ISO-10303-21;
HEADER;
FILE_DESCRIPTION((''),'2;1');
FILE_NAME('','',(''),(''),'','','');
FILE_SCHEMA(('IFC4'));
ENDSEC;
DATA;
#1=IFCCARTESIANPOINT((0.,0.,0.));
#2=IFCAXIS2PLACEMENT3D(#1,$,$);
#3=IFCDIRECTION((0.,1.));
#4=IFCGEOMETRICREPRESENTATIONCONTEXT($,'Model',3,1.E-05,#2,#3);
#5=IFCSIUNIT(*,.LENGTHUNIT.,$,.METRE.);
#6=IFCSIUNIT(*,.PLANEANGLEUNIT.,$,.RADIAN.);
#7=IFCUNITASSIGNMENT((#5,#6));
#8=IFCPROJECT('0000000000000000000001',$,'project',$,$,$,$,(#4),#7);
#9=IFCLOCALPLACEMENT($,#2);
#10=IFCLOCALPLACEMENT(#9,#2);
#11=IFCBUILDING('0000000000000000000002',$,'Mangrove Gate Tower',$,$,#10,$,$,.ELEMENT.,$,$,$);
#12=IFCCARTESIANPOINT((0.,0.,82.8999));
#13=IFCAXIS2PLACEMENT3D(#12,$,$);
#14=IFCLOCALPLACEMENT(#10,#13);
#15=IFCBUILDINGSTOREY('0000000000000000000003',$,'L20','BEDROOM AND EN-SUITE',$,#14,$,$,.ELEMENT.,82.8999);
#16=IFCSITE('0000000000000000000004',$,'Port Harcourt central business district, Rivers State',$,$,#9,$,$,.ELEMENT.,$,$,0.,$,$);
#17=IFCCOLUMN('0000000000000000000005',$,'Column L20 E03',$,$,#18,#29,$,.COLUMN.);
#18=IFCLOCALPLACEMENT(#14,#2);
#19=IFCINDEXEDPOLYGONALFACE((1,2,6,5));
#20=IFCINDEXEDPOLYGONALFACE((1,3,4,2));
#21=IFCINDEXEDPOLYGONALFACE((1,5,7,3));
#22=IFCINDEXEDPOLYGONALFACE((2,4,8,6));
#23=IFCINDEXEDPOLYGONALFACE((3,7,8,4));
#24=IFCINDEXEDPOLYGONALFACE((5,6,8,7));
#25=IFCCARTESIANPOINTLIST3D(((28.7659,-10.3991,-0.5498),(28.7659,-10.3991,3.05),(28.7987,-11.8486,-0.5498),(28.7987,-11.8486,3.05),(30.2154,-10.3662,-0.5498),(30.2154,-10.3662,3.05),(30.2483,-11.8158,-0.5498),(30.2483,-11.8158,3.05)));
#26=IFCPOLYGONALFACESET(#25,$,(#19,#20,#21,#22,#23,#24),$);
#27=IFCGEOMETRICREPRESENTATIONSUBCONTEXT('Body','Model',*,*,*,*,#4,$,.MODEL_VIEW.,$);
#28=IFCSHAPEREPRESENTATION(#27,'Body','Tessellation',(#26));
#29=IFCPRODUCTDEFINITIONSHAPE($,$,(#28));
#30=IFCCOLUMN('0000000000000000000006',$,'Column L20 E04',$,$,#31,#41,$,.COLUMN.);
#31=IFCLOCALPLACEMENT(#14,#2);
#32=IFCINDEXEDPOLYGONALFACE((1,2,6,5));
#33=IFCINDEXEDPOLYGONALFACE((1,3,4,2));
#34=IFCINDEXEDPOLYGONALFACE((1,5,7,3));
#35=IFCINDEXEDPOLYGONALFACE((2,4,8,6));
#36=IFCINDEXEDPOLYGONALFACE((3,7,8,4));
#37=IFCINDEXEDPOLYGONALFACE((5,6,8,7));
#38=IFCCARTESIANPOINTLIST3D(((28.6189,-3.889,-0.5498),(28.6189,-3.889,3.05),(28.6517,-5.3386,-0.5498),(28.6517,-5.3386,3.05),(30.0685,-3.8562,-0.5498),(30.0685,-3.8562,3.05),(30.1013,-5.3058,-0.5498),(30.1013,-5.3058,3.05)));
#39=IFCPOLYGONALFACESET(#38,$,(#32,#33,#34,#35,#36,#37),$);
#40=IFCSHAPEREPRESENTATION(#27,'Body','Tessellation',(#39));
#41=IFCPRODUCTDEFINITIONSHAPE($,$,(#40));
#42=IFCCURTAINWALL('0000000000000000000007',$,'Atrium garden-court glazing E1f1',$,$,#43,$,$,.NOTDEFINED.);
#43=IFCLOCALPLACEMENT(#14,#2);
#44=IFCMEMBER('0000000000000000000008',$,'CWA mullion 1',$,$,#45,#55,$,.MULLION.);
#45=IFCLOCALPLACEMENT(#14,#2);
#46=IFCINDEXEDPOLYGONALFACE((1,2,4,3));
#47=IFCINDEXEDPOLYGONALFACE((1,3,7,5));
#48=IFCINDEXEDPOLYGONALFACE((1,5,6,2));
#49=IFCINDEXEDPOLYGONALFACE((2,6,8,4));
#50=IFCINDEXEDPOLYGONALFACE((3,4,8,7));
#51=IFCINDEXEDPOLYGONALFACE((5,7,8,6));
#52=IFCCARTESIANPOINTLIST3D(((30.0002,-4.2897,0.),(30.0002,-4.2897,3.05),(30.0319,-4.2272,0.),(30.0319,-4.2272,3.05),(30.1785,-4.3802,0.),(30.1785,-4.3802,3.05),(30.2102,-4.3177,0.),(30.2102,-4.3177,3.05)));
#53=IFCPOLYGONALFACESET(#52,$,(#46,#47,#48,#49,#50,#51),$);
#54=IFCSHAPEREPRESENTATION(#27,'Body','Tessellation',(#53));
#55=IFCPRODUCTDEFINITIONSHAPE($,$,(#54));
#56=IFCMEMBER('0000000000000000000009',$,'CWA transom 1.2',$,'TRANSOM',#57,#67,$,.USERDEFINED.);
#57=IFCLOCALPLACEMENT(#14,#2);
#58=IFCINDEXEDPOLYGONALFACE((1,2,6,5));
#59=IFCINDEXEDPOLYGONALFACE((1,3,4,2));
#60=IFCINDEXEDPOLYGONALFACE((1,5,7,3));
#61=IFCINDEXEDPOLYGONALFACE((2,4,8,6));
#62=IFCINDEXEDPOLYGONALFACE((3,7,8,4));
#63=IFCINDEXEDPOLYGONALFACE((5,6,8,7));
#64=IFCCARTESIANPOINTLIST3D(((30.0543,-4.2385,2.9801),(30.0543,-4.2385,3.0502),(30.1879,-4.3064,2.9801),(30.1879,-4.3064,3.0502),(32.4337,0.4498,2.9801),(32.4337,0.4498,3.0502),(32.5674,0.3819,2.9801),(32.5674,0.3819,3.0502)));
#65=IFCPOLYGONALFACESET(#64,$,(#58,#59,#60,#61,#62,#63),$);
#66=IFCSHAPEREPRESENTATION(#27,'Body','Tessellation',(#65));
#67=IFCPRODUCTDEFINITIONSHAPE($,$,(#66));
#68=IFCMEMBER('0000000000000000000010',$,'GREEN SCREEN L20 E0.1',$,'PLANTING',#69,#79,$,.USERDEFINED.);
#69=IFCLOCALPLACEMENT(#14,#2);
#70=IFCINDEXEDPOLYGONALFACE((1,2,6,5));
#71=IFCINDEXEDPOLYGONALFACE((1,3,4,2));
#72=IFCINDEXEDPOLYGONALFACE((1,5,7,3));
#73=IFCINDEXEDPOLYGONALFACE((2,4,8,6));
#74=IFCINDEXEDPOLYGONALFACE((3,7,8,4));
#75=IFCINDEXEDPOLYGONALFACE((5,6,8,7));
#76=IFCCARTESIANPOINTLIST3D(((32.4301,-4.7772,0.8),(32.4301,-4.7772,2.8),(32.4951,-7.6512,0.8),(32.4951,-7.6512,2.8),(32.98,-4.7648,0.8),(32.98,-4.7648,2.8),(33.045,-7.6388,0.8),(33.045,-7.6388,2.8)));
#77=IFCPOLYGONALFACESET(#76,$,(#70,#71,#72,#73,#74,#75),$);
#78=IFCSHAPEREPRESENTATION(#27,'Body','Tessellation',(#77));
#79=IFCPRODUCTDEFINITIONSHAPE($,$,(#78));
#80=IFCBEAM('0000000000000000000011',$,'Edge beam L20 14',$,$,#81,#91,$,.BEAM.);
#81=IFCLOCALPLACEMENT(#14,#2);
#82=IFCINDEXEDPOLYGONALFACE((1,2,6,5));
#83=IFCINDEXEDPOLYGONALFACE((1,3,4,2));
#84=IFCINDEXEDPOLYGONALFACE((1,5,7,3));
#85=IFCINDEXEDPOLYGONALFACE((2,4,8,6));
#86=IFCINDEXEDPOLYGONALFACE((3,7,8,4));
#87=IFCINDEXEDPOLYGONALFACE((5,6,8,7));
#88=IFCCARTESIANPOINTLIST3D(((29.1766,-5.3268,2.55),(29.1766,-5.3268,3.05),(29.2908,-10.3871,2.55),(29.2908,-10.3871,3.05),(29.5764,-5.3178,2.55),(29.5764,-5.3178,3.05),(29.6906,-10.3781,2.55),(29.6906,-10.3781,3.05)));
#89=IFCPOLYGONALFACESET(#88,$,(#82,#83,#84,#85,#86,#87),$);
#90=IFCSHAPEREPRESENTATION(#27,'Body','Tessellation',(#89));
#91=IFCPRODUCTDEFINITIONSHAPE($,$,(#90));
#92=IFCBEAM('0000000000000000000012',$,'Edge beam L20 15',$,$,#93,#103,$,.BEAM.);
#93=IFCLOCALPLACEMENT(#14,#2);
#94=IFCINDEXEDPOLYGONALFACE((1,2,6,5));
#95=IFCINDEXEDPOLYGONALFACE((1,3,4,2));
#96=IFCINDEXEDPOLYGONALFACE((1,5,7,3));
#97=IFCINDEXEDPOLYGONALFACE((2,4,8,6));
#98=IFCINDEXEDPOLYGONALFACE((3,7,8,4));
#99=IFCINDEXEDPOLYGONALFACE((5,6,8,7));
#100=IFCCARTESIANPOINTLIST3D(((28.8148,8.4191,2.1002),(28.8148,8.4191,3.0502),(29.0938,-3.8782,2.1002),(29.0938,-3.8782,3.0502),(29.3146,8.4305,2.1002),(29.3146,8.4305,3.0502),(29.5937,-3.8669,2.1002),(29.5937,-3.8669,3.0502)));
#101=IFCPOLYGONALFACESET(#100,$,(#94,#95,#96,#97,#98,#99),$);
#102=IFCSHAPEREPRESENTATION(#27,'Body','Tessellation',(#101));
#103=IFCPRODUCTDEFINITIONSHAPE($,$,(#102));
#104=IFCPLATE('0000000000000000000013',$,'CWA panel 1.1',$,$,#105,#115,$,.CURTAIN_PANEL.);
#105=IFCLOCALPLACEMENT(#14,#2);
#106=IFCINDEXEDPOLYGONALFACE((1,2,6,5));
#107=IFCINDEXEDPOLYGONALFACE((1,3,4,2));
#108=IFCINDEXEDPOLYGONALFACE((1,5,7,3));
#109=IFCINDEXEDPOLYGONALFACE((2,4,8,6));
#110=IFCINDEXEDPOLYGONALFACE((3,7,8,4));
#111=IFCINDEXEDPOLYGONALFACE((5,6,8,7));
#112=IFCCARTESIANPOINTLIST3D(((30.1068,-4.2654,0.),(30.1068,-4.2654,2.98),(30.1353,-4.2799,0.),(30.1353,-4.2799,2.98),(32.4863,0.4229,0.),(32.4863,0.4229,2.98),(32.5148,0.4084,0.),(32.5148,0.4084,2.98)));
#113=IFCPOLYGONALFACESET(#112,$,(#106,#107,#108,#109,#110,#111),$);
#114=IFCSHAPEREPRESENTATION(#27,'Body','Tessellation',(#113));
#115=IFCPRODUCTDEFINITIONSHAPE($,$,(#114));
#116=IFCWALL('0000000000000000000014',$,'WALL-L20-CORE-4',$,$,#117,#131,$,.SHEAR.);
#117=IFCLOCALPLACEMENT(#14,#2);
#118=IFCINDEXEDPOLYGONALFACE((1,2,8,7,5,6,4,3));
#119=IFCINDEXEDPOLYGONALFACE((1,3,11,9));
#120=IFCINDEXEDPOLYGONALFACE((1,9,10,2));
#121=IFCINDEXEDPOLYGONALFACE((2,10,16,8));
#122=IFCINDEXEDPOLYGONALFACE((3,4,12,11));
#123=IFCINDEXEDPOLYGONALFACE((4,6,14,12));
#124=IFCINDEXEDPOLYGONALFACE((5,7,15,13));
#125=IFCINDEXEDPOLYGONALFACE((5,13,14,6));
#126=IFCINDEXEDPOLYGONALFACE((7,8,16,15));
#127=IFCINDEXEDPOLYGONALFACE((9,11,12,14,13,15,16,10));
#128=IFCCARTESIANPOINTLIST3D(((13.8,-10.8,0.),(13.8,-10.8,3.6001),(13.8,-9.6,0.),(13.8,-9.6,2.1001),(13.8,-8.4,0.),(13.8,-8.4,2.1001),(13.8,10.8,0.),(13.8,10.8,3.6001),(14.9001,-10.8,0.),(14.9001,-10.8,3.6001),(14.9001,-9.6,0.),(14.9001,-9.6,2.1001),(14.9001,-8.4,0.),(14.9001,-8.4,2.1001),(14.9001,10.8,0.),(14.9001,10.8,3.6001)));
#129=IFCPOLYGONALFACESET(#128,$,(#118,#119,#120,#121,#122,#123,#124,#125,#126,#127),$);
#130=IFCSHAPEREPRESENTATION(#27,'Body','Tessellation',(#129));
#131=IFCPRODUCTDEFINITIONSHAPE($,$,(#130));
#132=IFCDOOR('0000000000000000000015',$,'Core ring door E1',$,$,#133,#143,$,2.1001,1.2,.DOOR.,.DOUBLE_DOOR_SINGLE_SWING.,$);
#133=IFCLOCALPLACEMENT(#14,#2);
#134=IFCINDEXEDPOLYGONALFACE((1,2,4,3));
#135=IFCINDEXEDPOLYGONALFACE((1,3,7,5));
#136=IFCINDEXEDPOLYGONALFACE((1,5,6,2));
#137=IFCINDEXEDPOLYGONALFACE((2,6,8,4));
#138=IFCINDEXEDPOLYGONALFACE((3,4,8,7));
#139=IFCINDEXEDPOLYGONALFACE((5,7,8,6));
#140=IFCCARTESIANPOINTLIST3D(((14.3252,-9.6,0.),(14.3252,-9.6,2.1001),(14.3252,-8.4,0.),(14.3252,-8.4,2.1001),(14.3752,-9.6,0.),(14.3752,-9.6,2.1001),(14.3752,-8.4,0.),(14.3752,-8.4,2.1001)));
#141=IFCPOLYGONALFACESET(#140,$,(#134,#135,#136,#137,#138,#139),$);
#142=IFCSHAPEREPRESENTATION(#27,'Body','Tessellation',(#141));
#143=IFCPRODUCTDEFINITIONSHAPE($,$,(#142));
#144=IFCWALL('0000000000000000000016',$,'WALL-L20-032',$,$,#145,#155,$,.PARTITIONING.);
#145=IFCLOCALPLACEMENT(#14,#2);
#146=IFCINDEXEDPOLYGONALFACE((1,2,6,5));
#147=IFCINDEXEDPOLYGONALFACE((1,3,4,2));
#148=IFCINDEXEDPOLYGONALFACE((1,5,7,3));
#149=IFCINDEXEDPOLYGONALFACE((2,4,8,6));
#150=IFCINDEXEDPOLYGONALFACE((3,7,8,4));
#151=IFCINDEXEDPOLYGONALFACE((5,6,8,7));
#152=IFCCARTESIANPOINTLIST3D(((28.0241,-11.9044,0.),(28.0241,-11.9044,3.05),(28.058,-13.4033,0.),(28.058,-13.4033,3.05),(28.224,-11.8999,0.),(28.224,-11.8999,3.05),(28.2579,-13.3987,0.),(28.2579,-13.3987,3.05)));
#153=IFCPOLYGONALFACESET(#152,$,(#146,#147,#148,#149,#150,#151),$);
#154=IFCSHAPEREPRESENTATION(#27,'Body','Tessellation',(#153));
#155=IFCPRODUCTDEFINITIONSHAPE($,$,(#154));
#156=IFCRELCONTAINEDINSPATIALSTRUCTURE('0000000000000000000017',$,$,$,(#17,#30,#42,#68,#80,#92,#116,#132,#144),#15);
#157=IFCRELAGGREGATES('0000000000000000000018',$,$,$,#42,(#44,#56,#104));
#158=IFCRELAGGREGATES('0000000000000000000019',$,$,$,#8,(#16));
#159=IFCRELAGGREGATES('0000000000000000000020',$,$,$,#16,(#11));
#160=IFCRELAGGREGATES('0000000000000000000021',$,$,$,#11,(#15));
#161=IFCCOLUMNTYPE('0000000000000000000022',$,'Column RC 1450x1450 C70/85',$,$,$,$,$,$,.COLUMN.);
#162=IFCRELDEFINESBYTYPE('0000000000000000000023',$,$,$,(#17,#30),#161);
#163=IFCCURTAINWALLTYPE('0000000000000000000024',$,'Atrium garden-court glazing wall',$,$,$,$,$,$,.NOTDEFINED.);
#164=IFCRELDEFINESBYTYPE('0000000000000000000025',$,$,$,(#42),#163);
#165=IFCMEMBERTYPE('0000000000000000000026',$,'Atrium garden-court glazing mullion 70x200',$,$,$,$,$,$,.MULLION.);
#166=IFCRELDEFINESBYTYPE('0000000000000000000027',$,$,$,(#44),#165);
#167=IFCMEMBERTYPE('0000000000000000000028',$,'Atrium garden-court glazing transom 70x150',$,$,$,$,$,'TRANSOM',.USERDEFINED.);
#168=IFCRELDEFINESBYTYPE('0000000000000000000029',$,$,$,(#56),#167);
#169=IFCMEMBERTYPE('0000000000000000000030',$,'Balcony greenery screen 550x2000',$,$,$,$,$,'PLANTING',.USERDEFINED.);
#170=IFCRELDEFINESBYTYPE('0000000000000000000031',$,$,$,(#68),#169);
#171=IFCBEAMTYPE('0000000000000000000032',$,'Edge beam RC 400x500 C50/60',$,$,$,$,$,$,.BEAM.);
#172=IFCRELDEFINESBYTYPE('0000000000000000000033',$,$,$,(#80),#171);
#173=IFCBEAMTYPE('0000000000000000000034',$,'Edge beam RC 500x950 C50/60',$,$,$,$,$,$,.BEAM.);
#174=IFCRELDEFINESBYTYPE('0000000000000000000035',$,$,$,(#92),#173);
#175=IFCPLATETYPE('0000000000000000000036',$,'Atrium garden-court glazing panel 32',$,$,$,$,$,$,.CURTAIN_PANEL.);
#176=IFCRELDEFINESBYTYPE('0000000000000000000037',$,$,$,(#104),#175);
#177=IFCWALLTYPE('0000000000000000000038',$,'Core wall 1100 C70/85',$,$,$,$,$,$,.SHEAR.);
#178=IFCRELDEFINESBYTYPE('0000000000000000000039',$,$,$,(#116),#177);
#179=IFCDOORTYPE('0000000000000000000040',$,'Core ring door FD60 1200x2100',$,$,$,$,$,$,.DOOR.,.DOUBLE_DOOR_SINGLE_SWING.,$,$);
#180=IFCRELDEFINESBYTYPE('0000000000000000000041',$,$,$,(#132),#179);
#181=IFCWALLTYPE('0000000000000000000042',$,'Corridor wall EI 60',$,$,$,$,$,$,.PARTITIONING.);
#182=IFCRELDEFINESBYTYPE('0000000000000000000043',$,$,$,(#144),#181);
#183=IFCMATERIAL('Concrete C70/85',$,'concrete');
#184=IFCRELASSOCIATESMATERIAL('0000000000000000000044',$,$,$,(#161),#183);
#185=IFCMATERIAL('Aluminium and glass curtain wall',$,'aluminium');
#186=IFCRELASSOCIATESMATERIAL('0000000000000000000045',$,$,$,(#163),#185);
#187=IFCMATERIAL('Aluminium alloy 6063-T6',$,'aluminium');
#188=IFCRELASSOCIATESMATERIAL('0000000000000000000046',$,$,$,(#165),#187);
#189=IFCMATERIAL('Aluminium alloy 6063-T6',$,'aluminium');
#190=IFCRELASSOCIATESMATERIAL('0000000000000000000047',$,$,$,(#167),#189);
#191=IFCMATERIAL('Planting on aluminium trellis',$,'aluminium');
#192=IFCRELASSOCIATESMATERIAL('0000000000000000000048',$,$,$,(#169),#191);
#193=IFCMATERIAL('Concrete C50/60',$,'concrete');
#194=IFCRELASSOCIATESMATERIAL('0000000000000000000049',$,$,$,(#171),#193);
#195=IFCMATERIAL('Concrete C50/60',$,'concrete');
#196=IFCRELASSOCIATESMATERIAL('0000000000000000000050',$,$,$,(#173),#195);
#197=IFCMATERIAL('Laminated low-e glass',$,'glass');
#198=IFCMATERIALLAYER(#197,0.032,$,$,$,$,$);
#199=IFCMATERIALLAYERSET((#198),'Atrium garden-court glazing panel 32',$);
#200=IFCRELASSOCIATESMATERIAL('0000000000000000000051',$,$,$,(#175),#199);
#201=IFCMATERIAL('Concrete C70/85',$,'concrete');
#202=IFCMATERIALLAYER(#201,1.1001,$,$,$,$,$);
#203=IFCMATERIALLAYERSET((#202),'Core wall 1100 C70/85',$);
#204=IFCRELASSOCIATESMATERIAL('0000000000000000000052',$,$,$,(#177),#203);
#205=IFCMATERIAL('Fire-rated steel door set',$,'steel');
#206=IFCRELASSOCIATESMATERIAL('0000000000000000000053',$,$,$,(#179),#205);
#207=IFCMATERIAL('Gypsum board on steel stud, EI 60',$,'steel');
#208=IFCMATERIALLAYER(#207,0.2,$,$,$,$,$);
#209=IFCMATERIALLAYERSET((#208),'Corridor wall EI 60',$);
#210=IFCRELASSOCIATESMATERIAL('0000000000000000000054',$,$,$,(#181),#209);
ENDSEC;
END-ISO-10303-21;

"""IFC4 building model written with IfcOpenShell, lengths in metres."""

from ifc_helpers import new_model, si_unit, direction, frame, frame_2d, origin, origin_2d, place, context, subcontext, project, spatial, rectangle, extrude, material, layer, layer_set, material_profile, profile_set, type_object, element, fill, aggregate, save


model = new_model("IFC4")

# Units and contexts
model_context = context("Model", 3, precision=1e-05, world=origin(), true_north=direction((0.0, 1.0)))
body_context = subcontext(model_context, "Body", "Model", "MODEL_VIEW")
ifc_project = project(units=[si_unit("LENGTHUNIT", "METRE"), si_unit("PLANEANGLEUNIT", "RADIAN")], contexts=[model_context])

# Site, building, storey
site_placement = place(None, origin())
site = spatial("IfcSite", under=ifc_project, at=site_placement, Name="Port Harcourt central business district, Rivers State", CompositionType="ELEMENT", RefElevation=0.0)
building_placement = place(site_placement, origin())
building = spatial("IfcBuilding", under=site, at=building_placement, Name="Mangrove Gate Tower", CompositionType="ELEMENT")
storey_placement = place(building_placement, frame((0.0, 0.0, 82.8999)))
storey = spatial("IfcBuildingStorey", under=building, at=storey_placement, Name="L20", Description="BEDROOM AND EN-SUITE", CompositionType="ELEMENT", Elevation=82.8999)

# Columns
ifc_material_1 = material(Name="Concrete C70/85", Category="concrete")
ifc_material_profile_1 = material_profile(ifc_material_1, rectangle(XDim=1.45, YDim=1.45, at=origin_2d()))
ifc_profile_set_1 = profile_set([ifc_material_profile_1], Name="Concrete C70/85")
column_type = type_object("IfcColumnType", Name="Column RC 1450x1450 C70/85", PredefinedType="COLUMN", material=ifc_profile_set_1)
for number, where, z_axis, x_axis, name in (
    (1, (29.5071, -11.1074, -0.5498), (0.0, 0.0, 1.0), (-0.02265, 0.999743, 0.0), "Column L20 E03"),
    (2, (29.3601, -4.5974, -0.5498), (0.0, 0.0, 1.0), (-0.022653, 0.999743, 0.0), "Column L20 E04"),
):
    element("IfcColumn", number, at=place(storey_placement, frame(where, z_axis=z_axis, x_axis=x_axis)), inside=storey, type_object=column_type, Name=name, PredefinedType="COLUMN", context=body_context, shape_type="SweptSolid", body=[
        extrude(rectangle(XDim=1.45, YDim=1.45, at=origin_2d()), origin(), (0.0, 0.0, 1.0), 3.5999),
    ])

# Curtain wall, members
ifc_material_2 = material(Name="Aluminium and glass curtain wall", Category="aluminium")
curtain_wall_type = type_object("IfcCurtainWallType", Name="Atrium garden-court glazing wall", PredefinedType="NOTDEFINED", material=ifc_material_2)
curtain_wall_placement = place(storey_placement, origin())
curtain_wall = element("IfcCurtainWall", 3, at=curtain_wall_placement, inside=storey, type_object=curtain_wall_type, Name="Atrium garden-court glazing E1f1", PredefinedType="NOTDEFINED")
ifc_material_3 = material(Name="Aluminium alloy 6063-T6", Category="aluminium")
ifc_material_profile_2 = material_profile(ifc_material_3, rectangle(XDim=0.0701, YDim=0.2, at=origin_2d()))
ifc_profile_set_2 = profile_set([ifc_material_profile_2], Name="Aluminium alloy 6063-T6")
member_type_1 = type_object("IfcMemberType", Name="Atrium garden-court glazing mullion 70x200", PredefinedType="MULLION", material=ifc_profile_set_2)
member_1_placement = place(storey_placement, frame((30.1052, -4.3037, 0.0), z_axis=(0.0, 0.0, 1.0), x_axis=(0.452581, 0.891723, 0.0)))
member_1 = element("IfcMember", 4, at=member_1_placement, type_object=member_type_1, Name="CWA mullion 1", PredefinedType="MULLION", context=body_context, shape_type="SweptSolid", body=[
    extrude(rectangle(XDim=0.0701, YDim=0.2, at=origin_2d()), origin(), (0.0, 0.0, 1.0), 3.05),
])
ifc_material_4 = material(Name="Aluminium alloy 6063-T6", Category="aluminium")
ifc_material_profile_3 = material_profile(ifc_material_4, rectangle(XDim=0.0701, YDim=0.1499, at=origin_2d()))
ifc_profile_set_3 = profile_set([ifc_material_profile_3], Name="Aluminium alloy 6063-T6")
member_type_2 = type_object("IfcMemberType", Name="Atrium garden-court glazing transom 70x150", ElementType="TRANSOM", PredefinedType="USERDEFINED", material=ifc_profile_set_3)
member_2_placement = place(storey_placement, frame((30.1211, -4.2725, 3.0151), z_axis=(0.452574, 0.891727, 0.0), x_axis=(0.0, 0.0, 1.0)))
member_2 = element("IfcMember", 5, at=member_2_placement, type_object=member_type_2, Name="CWA transom 1.2", ObjectType="TRANSOM", PredefinedType="USERDEFINED", context=body_context, shape_type="SweptSolid", body=[
    extrude(rectangle(XDim=0.0701, YDim=0.1499, at=origin_2d()), origin(), (0.0, 0.0, 1.0), 5.2576),
])

# Member
ifc_material_5 = material(Name="Planting on aluminium trellis", Category="aluminium")
ifc_material_profile_4 = material_profile(ifc_material_5, rectangle(XDim=0.55, YDim=2.0, at=origin_2d()))
ifc_profile_set_4 = profile_set([ifc_material_profile_4], Name="Planting on aluminium trellis")
member_type_3 = type_object("IfcMemberType", Name="Balcony greenery screen 550x2000", ElementType="PLANTING", PredefinedType="USERDEFINED", material=ifc_profile_set_4)
member_3_placement = place(storey_placement, frame((32.77, -7.645, 1.8), z_axis=(-0.02259, 0.999745, 0.0), x_axis=(-0.999745, -0.02259, 0.0)))
element("IfcMember", 6, at=member_3_placement, inside=storey, type_object=member_type_3, Name="GREEN SCREEN L20 E0.1", ObjectType="PLANTING", PredefinedType="USERDEFINED", context=body_context, shape_type="SweptSolid", body=[
    extrude(rectangle(XDim=0.55, YDim=2.0, at=origin_2d()), origin(), (0.0, 0.0, 1.0), 2.8748),
])

# Beams
ifc_material_6 = material(Name="Concrete C50/60", Category="concrete")
ifc_material_profile_5 = material_profile(ifc_material_6, rectangle(XDim=0.3999, YDim=0.5, at=origin_2d()))
ifc_profile_set_5 = profile_set([ifc_material_profile_5], Name="Concrete C50/60")
beam_type_1 = type_object("IfcBeamType", Name="Edge beam RC 400x500 C50/60", PredefinedType="BEAM", material=ifc_profile_set_5)
beam_1_placement = place(storey_placement, frame((29.4907, -10.3826, 2.8), z_axis=(-0.022573, 0.999745, 0.0), x_axis=(-0.999745, -0.022573, 0.0)))
element("IfcBeam", 7, at=beam_1_placement, inside=storey, type_object=beam_type_1, Name="Edge beam L20 14", PredefinedType="BEAM", context=body_context, shape_type="SweptSolid", body=[
    extrude(rectangle(XDim=0.3999, YDim=0.5, at=origin_2d()), origin(), (0.0, 0.0, 1.0), 5.0615),
])
ifc_material_7 = material(Name="Concrete C50/60", Category="concrete")
ifc_material_profile_6 = material_profile(ifc_material_7, rectangle(XDim=0.5, YDim=0.95, at=origin_2d()))
ifc_profile_set_6 = profile_set([ifc_material_profile_6], Name="Concrete C50/60")
beam_type_2 = type_object("IfcBeamType", Name="Edge beam RC 500x950 C50/60", PredefinedType="BEAM", material=ifc_profile_set_6)
beam_2_placement = place(storey_placement, frame((29.3438, -3.8726, 2.5752), z_axis=(-0.022686, 0.999743, 0.0), x_axis=(-0.999743, -0.022686, 0.0)))
element("IfcBeam", 8, at=beam_2_placement, inside=storey, type_object=beam_type_2, Name="Edge beam L20 15", PredefinedType="BEAM", context=body_context, shape_type="SweptSolid", body=[
    extrude(rectangle(XDim=0.5, YDim=0.95, at=origin_2d()), origin(), (0.0, 0.0, 1.0), 12.3005),
])

# Plate
ifc_material_8 = material(Name="Laminated low-e glass", Category="glass")
ifc_layer_1 = layer(ifc_material_8, 0.032)
ifc_layer_set_1 = layer_set([ifc_layer_1], Name="Atrium garden-court glazing panel 32")
plate_type = type_object("IfcPlateType", Name="Atrium garden-court glazing panel 32", PredefinedType="CURTAIN_PANEL", material=ifc_layer_set_1)
plate_placement = place(storey_placement, frame((31.3108, -1.9285, 0.0), z_axis=(0.0, 0.0, 1.0), x_axis=(0.452581, 0.891723, 0.0)))
plate = element("IfcPlate", 9, at=plate_placement, type_object=plate_type, Name="CWA panel 1.1", PredefinedType="CURTAIN_PANEL", context=body_context, shape_type="SweptSolid", body=[
    extrude(rectangle(XDim=5.2576, YDim=0.032, at=origin_2d()), origin(), (0.0, 0.0, 1.0), 2.98),
])
aggregate(curtain_wall, [member_1, member_2, plate])

# Wall, opening, door
ifc_material_9 = material(Name="Concrete C70/85", Category="concrete")
ifc_layer_2 = layer(ifc_material_9, 1.1001)
ifc_layer_set_2 = layer_set([ifc_layer_2], Name="Core wall 1100 C70/85")
wall_type_1 = type_object("IfcWallType", Name="Core wall 1100 C70/85", PredefinedType="SHEAR", material=ifc_layer_set_2)
wall_1_placement = place(storey_placement, frame((14.3501, -10.8, 0.0), z_axis=(0.0, 0.0, 1.0), x_axis=(0.0, 1.0, 0.0)))
wall_1 = element("IfcWall", 10, at=wall_1_placement, inside=storey, type_object=wall_type_1, Name="WALL-L20-CORE-4", PredefinedType="SHEAR", context=body_context, shape_type="SweptSolid", body=[
    extrude(rectangle(XDim=21.6001, YDim=1.1001, at=frame_2d((10.8, 0.0))), origin(), (0.0, 0.0, 1.0), 3.6001),
])
opening_1_placement = place(wall_1_placement, frame((1.2, 0.0, 0.0)))
opening_1 = element("IfcOpeningElement", 11, at=opening_1_placement, cuts=wall_1, PredefinedType="OPENING", context=body_context, shape_type="SweptSolid", body=[
    extrude(rectangle(XDim=1.2, YDim=2.1001, at=frame_2d((0.6001, 1.05))), frame((0.0, 0.5601, 0.0), z_axis=(0.0, -1.0, 0.0), x_axis=(1.0, 0.0, 0.0)), (0.0, 0.0, 1.0), 1.1201),
])
ifc_material_10 = material(Name="Fire-rated steel door set", Category="steel")
door_type_1 = type_object("IfcDoorType", Name="Core ring door FD60 1200x2100", OperationType="DOUBLE_DOOR_SINGLE_SWING", PredefinedType="DOOR", material=ifc_material_10)
door_1_placement = place(opening_1_placement, origin())
door_1 = element("IfcDoor", 12, at=door_1_placement, inside=storey, type_object=door_type_1, Name="Core ring door E1", OperationType="DOUBLE_DOOR_SINGLE_SWING", OverallHeight=2.1001, OverallWidth=1.2, PredefinedType="DOOR", context=body_context, shape_type="SweptSolid", body=[
    extrude(rectangle(XDim=1.2, YDim=2.1001, at=frame_2d((0.6001, 1.05))), frame((0.0, 0.0249, 0.0), z_axis=(0.0, -1.0, 0.0), x_axis=(1.0, 0.0, 0.0)), (0.0, 0.0, 1.0), 0.05),
])
fill(opening_1, door_1)

# Wall
ifc_material_11 = material(Name="Gypsum board on steel stud, EI 60", Category="steel")
ifc_layer_3 = layer(ifc_material_11, 0.2)
ifc_layer_set_3 = layer_set([ifc_layer_3], Name="Corridor wall EI 60")
wall_type_2 = type_object("IfcWallType", Name="Corridor wall EI 60", PredefinedType="PARTITIONING", material=ifc_layer_set_3)
wall_2_placement = place(storey_placement, frame((28.158, -13.4009, 0.0), z_axis=(0.0, 0.0, 1.0), x_axis=(-0.022636, 0.999744, 0.0)))
element("IfcWall", 13, at=wall_2_placement, inside=storey, type_object=wall_type_2, Name="WALL-L20-032", PredefinedType="PARTITIONING", context=body_context, shape_type="SweptSolid", body=[
    extrude(rectangle(XDim=1.4993, YDim=0.2, at=frame_2d((0.7495, 0.0))), origin(), (0.0, 0.0, 1.0), 3.05),
])

save(model, "model.ifc")
